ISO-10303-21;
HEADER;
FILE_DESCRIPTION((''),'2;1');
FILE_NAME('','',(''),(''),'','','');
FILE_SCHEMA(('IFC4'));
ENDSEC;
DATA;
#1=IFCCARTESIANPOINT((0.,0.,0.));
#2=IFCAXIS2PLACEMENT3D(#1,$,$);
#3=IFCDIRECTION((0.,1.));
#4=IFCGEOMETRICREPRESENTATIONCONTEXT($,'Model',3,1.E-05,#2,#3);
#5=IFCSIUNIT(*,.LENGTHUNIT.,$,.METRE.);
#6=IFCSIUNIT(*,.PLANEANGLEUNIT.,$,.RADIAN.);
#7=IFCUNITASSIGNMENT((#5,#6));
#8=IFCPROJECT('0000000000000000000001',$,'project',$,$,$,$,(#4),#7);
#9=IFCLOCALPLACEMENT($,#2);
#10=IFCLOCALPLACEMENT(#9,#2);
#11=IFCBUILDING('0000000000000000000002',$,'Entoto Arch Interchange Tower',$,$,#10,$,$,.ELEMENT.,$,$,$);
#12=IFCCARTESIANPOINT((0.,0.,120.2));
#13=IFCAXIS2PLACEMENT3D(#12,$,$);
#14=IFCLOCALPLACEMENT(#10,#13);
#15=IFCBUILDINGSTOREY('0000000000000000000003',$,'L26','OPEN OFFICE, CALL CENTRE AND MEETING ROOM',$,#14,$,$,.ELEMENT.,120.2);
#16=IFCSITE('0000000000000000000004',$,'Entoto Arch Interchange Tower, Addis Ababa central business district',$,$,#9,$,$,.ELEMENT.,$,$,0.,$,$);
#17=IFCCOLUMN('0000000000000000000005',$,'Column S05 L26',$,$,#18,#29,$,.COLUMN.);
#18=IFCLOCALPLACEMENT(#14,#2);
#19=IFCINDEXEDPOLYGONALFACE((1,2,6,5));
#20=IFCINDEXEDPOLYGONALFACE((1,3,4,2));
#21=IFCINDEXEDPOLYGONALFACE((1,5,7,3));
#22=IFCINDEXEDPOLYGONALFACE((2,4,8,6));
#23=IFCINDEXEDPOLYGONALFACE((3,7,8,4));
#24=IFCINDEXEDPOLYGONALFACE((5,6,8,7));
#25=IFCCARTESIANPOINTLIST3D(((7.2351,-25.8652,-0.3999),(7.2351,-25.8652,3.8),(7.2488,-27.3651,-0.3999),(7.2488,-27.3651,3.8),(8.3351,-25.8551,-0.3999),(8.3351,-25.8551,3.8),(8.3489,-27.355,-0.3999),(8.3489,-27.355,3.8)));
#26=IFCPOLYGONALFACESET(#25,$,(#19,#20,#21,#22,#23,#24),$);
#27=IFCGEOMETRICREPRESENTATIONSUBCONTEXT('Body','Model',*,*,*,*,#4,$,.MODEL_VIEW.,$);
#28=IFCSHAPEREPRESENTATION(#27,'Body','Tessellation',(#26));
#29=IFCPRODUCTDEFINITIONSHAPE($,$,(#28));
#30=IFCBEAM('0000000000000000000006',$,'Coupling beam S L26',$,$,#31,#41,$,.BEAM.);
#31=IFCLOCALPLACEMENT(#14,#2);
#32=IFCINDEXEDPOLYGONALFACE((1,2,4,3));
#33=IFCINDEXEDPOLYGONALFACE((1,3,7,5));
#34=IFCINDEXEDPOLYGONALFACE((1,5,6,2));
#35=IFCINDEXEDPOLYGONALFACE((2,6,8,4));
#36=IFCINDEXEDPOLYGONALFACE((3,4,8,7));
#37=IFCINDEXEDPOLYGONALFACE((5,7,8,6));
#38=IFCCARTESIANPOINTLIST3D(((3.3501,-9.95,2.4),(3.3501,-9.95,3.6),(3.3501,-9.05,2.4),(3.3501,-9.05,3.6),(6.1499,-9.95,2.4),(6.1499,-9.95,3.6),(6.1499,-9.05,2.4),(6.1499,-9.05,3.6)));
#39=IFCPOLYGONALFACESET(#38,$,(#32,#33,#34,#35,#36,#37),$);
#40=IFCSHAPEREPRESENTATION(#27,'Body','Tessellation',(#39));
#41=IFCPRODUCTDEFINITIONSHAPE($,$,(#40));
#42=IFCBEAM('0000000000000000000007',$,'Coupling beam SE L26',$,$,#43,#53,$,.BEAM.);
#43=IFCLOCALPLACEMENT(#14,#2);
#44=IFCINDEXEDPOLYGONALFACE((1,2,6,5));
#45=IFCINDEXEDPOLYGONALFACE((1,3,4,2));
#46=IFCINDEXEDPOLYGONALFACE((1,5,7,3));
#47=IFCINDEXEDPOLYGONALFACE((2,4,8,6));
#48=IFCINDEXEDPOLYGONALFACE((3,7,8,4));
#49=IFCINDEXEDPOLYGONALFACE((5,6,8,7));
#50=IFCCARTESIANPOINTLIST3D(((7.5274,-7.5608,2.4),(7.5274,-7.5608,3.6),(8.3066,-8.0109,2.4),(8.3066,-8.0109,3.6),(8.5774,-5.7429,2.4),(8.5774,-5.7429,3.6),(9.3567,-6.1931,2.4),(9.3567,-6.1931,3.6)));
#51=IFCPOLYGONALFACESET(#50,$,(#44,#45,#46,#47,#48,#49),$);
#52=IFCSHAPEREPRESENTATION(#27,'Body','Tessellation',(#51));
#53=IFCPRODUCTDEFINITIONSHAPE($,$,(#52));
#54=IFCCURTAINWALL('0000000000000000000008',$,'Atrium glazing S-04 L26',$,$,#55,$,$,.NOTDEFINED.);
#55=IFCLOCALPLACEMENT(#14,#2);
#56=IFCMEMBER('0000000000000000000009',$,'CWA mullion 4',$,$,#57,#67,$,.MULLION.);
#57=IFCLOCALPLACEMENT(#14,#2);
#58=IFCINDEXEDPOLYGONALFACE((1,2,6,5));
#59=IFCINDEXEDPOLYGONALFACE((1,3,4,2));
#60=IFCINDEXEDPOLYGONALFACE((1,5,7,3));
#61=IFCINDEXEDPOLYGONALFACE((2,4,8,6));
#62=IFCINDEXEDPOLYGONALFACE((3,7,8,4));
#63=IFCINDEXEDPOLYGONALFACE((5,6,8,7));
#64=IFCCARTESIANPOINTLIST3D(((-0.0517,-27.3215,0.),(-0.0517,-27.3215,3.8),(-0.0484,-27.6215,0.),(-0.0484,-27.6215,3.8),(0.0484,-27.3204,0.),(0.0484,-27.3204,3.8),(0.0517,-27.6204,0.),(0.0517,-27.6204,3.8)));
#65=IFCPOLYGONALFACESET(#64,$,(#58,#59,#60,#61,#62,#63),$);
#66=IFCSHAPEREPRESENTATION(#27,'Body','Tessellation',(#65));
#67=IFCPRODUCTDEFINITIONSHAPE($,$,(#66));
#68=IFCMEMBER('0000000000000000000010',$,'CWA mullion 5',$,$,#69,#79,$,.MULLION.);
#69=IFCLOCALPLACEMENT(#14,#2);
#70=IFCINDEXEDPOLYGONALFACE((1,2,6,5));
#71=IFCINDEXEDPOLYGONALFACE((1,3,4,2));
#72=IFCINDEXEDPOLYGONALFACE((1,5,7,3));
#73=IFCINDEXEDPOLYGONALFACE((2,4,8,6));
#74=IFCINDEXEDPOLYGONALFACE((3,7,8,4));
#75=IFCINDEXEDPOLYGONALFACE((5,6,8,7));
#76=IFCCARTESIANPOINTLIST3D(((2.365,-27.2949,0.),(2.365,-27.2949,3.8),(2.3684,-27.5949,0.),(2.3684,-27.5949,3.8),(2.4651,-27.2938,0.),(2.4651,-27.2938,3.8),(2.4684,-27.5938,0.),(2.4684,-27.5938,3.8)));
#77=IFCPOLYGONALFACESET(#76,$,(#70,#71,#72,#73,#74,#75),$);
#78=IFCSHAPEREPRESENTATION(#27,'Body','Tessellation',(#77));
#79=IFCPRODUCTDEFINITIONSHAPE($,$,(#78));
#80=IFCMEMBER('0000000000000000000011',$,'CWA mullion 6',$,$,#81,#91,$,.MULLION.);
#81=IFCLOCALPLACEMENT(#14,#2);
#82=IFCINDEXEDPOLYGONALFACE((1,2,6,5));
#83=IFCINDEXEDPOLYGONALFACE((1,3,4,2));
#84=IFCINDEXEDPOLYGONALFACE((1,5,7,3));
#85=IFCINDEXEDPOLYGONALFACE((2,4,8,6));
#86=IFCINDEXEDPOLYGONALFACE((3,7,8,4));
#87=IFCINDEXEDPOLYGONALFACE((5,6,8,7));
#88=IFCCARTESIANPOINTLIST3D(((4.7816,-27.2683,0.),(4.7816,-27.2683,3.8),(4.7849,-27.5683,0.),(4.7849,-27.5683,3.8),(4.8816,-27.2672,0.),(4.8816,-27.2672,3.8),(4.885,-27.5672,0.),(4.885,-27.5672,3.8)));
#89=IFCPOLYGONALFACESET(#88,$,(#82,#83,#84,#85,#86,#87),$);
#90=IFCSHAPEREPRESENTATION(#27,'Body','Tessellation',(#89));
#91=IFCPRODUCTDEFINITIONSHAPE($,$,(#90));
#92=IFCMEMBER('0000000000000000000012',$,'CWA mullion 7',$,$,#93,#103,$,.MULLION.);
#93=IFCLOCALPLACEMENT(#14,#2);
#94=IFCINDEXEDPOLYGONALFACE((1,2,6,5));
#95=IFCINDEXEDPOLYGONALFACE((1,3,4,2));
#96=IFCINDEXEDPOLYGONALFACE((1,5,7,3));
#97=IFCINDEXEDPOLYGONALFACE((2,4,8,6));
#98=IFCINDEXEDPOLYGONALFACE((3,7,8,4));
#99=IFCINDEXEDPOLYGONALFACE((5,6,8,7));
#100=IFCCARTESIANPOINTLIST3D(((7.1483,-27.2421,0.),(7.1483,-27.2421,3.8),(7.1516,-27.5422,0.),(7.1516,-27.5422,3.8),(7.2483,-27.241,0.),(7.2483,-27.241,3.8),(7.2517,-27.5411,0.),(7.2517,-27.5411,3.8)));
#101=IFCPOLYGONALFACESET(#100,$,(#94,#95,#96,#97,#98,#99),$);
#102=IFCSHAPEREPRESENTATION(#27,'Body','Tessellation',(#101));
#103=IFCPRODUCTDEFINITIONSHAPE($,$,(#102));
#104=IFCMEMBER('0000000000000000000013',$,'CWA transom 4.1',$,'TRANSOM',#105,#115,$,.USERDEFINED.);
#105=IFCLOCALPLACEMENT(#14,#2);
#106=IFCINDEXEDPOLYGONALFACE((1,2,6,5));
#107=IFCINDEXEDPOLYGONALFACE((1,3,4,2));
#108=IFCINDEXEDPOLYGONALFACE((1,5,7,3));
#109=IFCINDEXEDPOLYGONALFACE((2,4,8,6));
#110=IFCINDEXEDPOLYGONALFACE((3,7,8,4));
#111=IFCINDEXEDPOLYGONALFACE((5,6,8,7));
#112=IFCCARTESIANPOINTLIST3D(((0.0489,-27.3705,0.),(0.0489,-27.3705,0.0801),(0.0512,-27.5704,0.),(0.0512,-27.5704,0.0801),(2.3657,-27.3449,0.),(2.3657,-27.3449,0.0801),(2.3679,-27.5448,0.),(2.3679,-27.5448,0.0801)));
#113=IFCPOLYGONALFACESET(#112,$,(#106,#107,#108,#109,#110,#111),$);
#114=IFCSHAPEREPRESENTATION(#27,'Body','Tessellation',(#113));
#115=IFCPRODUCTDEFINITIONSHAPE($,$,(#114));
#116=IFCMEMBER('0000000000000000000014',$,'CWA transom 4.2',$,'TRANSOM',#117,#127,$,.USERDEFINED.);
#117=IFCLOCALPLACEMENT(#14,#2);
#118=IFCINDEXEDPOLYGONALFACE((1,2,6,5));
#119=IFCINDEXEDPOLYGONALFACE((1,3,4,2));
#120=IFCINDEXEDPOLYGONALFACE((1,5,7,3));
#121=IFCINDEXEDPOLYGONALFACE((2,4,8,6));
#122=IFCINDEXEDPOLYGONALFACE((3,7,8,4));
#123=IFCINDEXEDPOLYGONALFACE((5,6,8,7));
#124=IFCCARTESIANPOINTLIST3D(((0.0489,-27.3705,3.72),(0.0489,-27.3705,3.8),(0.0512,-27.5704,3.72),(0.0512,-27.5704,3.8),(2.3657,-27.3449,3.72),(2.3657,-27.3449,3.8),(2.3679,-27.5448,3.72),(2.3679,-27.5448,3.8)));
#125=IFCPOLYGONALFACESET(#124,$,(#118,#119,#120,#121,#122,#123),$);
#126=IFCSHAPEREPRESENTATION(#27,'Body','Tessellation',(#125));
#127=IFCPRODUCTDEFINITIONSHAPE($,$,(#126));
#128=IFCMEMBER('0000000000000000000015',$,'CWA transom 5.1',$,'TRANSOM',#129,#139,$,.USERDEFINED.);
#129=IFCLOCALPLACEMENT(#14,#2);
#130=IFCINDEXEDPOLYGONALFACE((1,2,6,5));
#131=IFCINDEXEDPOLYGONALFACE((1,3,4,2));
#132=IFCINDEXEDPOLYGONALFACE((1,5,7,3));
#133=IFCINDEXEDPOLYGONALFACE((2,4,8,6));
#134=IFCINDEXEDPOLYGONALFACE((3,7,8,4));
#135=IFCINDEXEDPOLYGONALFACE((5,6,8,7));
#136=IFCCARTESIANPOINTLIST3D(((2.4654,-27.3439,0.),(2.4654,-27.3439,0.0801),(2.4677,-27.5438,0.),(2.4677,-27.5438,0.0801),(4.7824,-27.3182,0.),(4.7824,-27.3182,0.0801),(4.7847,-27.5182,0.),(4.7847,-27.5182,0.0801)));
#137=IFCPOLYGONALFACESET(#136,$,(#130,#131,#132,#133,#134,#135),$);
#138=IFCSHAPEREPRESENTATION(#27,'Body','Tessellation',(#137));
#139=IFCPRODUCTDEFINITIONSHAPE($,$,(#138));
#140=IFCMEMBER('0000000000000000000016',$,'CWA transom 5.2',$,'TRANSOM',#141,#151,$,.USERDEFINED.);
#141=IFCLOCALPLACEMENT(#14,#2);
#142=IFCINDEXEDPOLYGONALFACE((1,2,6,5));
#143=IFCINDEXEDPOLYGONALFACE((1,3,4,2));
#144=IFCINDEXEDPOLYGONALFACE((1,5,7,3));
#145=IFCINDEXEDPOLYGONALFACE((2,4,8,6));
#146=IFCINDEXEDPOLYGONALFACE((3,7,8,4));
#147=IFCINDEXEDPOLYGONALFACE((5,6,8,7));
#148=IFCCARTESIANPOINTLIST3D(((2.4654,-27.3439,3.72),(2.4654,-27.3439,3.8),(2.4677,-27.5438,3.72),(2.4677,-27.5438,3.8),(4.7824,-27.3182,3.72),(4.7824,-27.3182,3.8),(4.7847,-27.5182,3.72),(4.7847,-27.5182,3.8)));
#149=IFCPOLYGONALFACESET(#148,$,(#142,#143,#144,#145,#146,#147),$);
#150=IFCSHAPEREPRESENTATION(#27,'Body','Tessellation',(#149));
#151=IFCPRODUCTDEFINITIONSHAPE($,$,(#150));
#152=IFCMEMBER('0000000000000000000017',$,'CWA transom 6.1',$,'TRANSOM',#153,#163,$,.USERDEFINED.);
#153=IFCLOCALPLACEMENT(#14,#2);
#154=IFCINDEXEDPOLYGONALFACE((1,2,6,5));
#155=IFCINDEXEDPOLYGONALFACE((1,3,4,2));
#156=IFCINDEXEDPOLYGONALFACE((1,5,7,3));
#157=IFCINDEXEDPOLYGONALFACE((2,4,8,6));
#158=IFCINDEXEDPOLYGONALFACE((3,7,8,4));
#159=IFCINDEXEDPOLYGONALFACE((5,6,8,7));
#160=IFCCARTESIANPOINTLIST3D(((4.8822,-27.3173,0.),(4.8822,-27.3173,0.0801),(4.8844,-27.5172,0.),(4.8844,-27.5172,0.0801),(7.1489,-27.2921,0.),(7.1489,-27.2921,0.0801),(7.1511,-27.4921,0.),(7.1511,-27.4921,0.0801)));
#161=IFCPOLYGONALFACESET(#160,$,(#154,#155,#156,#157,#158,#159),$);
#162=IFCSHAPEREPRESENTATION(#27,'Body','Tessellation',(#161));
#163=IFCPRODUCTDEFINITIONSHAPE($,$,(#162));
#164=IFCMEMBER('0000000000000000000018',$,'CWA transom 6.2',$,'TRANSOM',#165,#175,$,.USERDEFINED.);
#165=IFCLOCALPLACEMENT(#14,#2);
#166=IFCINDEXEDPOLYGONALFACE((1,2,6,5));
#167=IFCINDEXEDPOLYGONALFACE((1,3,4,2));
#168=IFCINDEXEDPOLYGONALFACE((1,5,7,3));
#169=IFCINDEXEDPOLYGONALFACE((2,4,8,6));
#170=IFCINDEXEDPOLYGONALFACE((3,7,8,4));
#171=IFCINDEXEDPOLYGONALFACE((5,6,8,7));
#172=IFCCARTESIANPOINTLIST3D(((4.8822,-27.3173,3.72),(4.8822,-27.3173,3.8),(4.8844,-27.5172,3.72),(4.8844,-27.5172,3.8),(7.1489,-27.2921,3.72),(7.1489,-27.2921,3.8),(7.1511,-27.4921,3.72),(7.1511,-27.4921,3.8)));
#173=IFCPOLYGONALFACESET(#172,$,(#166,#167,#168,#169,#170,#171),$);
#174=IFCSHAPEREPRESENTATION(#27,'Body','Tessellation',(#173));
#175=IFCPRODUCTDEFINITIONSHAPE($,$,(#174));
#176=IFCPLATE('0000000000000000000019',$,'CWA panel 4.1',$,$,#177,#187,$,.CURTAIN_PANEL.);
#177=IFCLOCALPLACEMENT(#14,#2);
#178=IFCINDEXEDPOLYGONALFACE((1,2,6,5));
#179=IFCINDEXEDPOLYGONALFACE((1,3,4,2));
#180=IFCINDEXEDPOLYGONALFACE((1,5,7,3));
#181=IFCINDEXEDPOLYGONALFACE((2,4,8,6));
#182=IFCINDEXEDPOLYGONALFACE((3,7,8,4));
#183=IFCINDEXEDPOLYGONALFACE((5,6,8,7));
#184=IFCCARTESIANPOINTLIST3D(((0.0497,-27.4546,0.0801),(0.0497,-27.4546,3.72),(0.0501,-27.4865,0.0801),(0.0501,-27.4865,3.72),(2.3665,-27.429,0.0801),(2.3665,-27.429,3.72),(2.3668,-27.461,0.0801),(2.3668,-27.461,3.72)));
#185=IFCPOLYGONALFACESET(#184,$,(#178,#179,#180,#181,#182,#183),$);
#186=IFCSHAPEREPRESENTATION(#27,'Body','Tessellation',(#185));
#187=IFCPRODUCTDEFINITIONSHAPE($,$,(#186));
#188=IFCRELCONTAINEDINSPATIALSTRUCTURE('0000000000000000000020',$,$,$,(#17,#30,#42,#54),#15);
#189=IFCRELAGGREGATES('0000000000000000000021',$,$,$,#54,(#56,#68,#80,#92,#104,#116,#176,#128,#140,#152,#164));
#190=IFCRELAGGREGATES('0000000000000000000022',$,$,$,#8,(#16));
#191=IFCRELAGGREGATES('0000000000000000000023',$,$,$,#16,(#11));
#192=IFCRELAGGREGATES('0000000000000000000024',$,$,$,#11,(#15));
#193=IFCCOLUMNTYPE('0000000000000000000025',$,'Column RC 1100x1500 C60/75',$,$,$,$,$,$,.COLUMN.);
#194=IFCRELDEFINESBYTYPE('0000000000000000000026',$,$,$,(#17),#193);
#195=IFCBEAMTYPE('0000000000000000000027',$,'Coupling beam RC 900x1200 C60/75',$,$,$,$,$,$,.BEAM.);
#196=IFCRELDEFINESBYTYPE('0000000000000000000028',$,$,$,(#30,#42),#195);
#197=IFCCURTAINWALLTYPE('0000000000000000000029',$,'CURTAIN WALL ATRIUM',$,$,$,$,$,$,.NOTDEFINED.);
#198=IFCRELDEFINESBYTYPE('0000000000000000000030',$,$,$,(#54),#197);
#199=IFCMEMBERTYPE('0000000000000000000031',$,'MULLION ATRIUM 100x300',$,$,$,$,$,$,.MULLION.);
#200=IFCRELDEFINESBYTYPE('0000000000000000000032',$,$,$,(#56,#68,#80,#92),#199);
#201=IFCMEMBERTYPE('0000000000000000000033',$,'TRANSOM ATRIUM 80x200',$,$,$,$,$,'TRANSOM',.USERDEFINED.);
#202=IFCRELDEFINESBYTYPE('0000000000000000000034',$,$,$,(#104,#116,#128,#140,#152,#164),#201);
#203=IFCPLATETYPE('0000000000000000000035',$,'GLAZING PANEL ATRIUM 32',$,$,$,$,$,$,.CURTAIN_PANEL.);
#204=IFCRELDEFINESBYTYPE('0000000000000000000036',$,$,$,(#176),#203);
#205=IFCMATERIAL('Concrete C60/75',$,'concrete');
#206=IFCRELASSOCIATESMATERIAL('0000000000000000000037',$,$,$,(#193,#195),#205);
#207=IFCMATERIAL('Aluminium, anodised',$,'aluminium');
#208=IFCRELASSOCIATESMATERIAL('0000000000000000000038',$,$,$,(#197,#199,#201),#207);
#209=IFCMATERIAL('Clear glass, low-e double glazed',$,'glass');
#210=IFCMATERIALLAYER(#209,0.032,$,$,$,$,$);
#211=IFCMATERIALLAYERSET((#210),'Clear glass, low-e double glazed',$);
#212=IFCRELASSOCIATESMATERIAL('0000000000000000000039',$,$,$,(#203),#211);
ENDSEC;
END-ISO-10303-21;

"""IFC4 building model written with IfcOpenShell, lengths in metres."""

from ifc_helpers import new_model, si_unit, direction, frame, origin, origin_2d, place, context, subcontext, project, spatial, rectangle, extrude, material, layer, layer_set, material_profile, profile_set, type_object, element, aggregate, save


model = new_model("IFC4")

# Units and contexts
model_context = context("Model", 3, precision=1e-05, world=origin(), true_north=direction((0.0, 1.0)))
body_context = subcontext(model_context, "Body", "Model", "MODEL_VIEW")
ifc_project = project(units=[si_unit("LENGTHUNIT", "METRE"), si_unit("PLANEANGLEUNIT", "RADIAN")], contexts=[model_context])

# Site, building, storey
site_placement = place(None, origin())
site = spatial("IfcSite", under=ifc_project, at=site_placement, Name="Entoto Arch Interchange Tower, Addis Ababa central business district", CompositionType="ELEMENT", RefElevation=0.0)
building_placement = place(site_placement, origin())
building = spatial("IfcBuilding", under=site, at=building_placement, Name="Entoto Arch Interchange Tower", CompositionType="ELEMENT")
storey_placement = place(building_placement, frame((0.0, 0.0, 120.2)))
storey = spatial("IfcBuildingStorey", under=building, at=storey_placement, Name="L26", Description="OPEN OFFICE, CALL CENTRE AND MEETING ROOM", CompositionType="ELEMENT", Elevation=120.2)

# Column
ifc_material_1 = material(Name="Concrete C60/75", Category="concrete")
ifc_material_profile_1 = material_profile(ifc_material_1, rectangle(XDim=1.1001, YDim=1.5, at=origin_2d()))
ifc_profile_set_1 = profile_set([ifc_material_profile_1], Name="Concrete C60/75")
column_type = type_object("IfcColumnType", Name="Column RC 1100x1500 C60/75", PredefinedType="COLUMN", material=ifc_profile_set_1)
column_placement = place(storey_placement, frame((7.792, -26.6101, -0.3999), z_axis=(0.0, 0.0, 1.0), x_axis=(0.999958, 0.009163, 0.0)))
element("IfcColumn", 1, at=column_placement, inside=storey, type_object=column_type, Name="Column S05 L26", PredefinedType="COLUMN", context=body_context, shape_type="SweptSolid", body=[
    extrude(rectangle(XDim=1.1001, YDim=1.5, at=origin_2d()), origin(), (0.0, 0.0, 1.0), 4.2),
])

# Beams
ifc_material_profile_2 = material_profile(ifc_material_1, rectangle(XDim=0.8999, YDim=1.2, at=origin_2d()))
ifc_profile_set_2 = profile_set([ifc_material_profile_2], Name="Concrete C60/75")
beam_type = type_object("IfcBeamType", Name="Coupling beam RC 900x1200 C60/75", PredefinedType="BEAM", material=ifc_profile_set_2)
beam_1_placement = place(storey_placement, frame((3.3501, -9.5, 3.0), z_axis=(1.0, 0.0, 0.0), x_axis=(0.0, 1.0, 0.0)))
element("IfcBeam", 2, at=beam_1_placement, inside=storey, type_object=beam_type, Name="Coupling beam S L26", PredefinedType="BEAM", context=body_context, shape_type="SweptSolid", body=[
    extrude(rectangle(XDim=0.8999, YDim=1.2, at=origin_2d()), origin(), (0.0, 0.0, 1.0), 2.7998),
])
beam_2_placement = place(storey_placement, frame((7.917, -7.7859, 3.0), z_axis=(0.500179, 0.865922, 0.0), x_axis=(-0.865922, 0.500179, 0.0)))
element("IfcBeam", 3, at=beam_2_placement, inside=storey, type_object=beam_type, Name="Coupling beam SE L26", PredefinedType="BEAM", context=body_context, shape_type="SweptSolid", body=[
    extrude(rectangle(XDim=0.8999, YDim=1.2, at=origin_2d()), origin(), (0.0, 0.0, 1.0), 2.0994),
])

# Curtain wall, members, plate
ifc_material_2 = material(Name="Aluminium, anodised", Category="aluminium")
curtain_wall_type = type_object("IfcCurtainWallType", Name="CURTAIN WALL ATRIUM", PredefinedType="NOTDEFINED", material=ifc_material_2)
curtain_wall_placement = place(storey_placement, origin())
curtain_wall = element("IfcCurtainWall", 4, at=curtain_wall_placement, inside=storey, type_object=curtain_wall_type, Name="Atrium glazing S-04 L26", PredefinedType="NOTDEFINED")
ifc_material_profile_3 = material_profile(ifc_material_2, rectangle(XDim=0.3, YDim=0.1001, at=origin_2d()))
ifc_profile_set_3 = profile_set([ifc_material_profile_3], Name="Aluminium, anodised")
member_type_1 = type_object("IfcMemberType", Name="MULLION ATRIUM 100x300", PredefinedType="MULLION", material=ifc_profile_set_3)
member_1_placement = place(storey_placement, frame((0.0, -27.4709, 0.0), z_axis=(0.0, 0.0, 1.0), x_axis=(-0.011034, 0.999939, 0.0)))
member_1 = element("IfcMember", 5, at=member_1_placement, type_object=member_type_1, Name="CWA mullion 4", PredefinedType="MULLION", context=body_context, shape_type="SweptSolid", body=[
    extrude(rectangle(XDim=0.3, YDim=0.1001, at=origin_2d()), origin(), (0.0, 0.0, 1.0), 3.8),
])
member_2_placement = place(storey_placement, frame((2.4167, -27.4443, 0.0), z_axis=(0.0, 0.0, 1.0), x_axis=(-0.011034, 0.999939, 0.0)))
member_2 = element("IfcMember", 6, at=member_2_placement, type_object=member_type_1, Name="CWA mullion 5", PredefinedType="MULLION", context=body_context, shape_type="SweptSolid", body=[
    extrude(rectangle(XDim=0.3, YDim=0.1001, at=origin_2d()), origin(), (0.0, 0.0, 1.0), 3.8),
])
member_3_placement = place(storey_placement, frame((4.8333, -27.4177, 0.0), z_axis=(0.0, 0.0, 1.0), x_axis=(-0.011034, 0.999939, 0.0)))
member_3 = element("IfcMember", 7, at=member_3_placement, type_object=member_type_1, Name="CWA mullion 6", PredefinedType="MULLION", context=body_context, shape_type="SweptSolid", body=[
    extrude(rectangle(XDim=0.3, YDim=0.1001, at=origin_2d()), origin(), (0.0, 0.0, 1.0), 3.8),
])
member_4_placement = place(storey_placement, frame((7.2, -27.3916, 0.0), z_axis=(0.0, 0.0, 1.0), x_axis=(-0.011034, 0.999939, 0.0)))
member_4 = element("IfcMember", 8, at=member_4_placement, type_object=member_type_1, Name="CWA mullion 7", PredefinedType="MULLION", context=body_context, shape_type="SweptSolid", body=[
    extrude(rectangle(XDim=0.3, YDim=0.1001, at=origin_2d()), origin(), (0.0, 0.0, 1.0), 3.8),
])
ifc_material_profile_4 = material_profile(ifc_material_2, rectangle(XDim=0.2, YDim=0.0801, at=origin_2d()))
ifc_profile_set_4 = profile_set([ifc_material_profile_4], Name="Aluminium, anodised")
member_type_2 = type_object("IfcMemberType", Name="TRANSOM ATRIUM 80x200", ElementType="TRANSOM", PredefinedType="USERDEFINED", material=ifc_profile_set_4)
member_5_placement = place(storey_placement, frame((0.05, -27.4705, 0.04), z_axis=(0.999939, 0.011065, 0.0), x_axis=(-0.011065, 0.999939, 0.0)))
member_5 = element("IfcMember", 9, at=member_5_placement, type_object=member_type_2, Name="CWA transom 4.1", ObjectType="TRANSOM", PredefinedType="USERDEFINED", context=body_context, shape_type="SweptSolid", body=[
    extrude(rectangle(XDim=0.2, YDim=0.0801, at=origin_2d()), origin(), (0.0, 0.0, 1.0), 2.3169),
])
member_6_placement = place(storey_placement, frame((0.05, -27.4705, 3.76), z_axis=(0.999939, 0.011065, 0.0), x_axis=(-0.011065, 0.999939, 0.0)))
member_6 = element("IfcMember", 10, at=member_6_placement, type_object=member_type_2, Name="CWA transom 4.2", ObjectType="TRANSOM", PredefinedType="USERDEFINED", context=body_context, shape_type="SweptSolid", body=[
    extrude(rectangle(XDim=0.2, YDim=0.0801, at=origin_2d()), origin(), (0.0, 0.0, 1.0), 2.3169),
])
member_7_placement = place(storey_placement, frame((2.4666, -27.4438, 0.04), z_axis=(0.999939, 0.011064, 0.0), x_axis=(-0.011064, 0.999939, 0.0)))
member_7 = element("IfcMember", 11, at=member_7_placement, type_object=member_type_2, Name="CWA transom 5.1", ObjectType="TRANSOM", PredefinedType="USERDEFINED", context=body_context, shape_type="SweptSolid", body=[
    extrude(rectangle(XDim=0.2, YDim=0.0801, at=origin_2d()), origin(), (0.0, 0.0, 1.0), 2.3171),
])
member_8_placement = place(storey_placement, frame((2.4666, -27.4438, 3.76), z_axis=(0.999939, 0.011064, 0.0), x_axis=(-0.011064, 0.999939, 0.0)))
member_8 = element("IfcMember", 12, at=member_8_placement, type_object=member_type_2, Name="CWA transom 5.2", ObjectType="TRANSOM", PredefinedType="USERDEFINED", context=body_context, shape_type="SweptSolid", body=[
    extrude(rectangle(XDim=0.2, YDim=0.0801, at=origin_2d()), origin(), (0.0, 0.0, 1.0), 2.3171),
])
member_9_placement = place(storey_placement, frame((4.8833, -27.4172, 0.04), z_axis=(0.999938, 0.011094, 0.0), x_axis=(-0.011094, 0.999938, 0.0)))
member_9 = element("IfcMember", 13, at=member_9_placement, type_object=member_type_2, Name="CWA transom 6.1", ObjectType="TRANSOM", PredefinedType="USERDEFINED", context=body_context, shape_type="SweptSolid", body=[
    extrude(rectangle(XDim=0.2, YDim=0.0801, at=origin_2d()), origin(), (0.0, 0.0, 1.0), 2.2668),
])
member_10_placement = place(storey_placement, frame((4.8833, -27.4172, 3.76), z_axis=(0.999938, 0.011094, 0.0), x_axis=(-0.011094, 0.999938, 0.0)))
member_10 = element("IfcMember", 14, at=member_10_placement, type_object=member_type_2, Name="CWA transom 6.2", ObjectType="TRANSOM", PredefinedType="USERDEFINED", context=body_context, shape_type="SweptSolid", body=[
    extrude(rectangle(XDim=0.2, YDim=0.0801, at=origin_2d()), origin(), (0.0, 0.0, 1.0), 2.2668),
])
ifc_material_3 = material(Name="Clear glass, low-e double glazed", Category="glass")
ifc_layer_1 = layer(ifc_material_3, 0.032)
ifc_layer_set_1 = layer_set([ifc_layer_1], Name="Clear glass, low-e double glazed")
plate_type = type_object("IfcPlateType", Name="GLAZING PANEL ATRIUM 32", PredefinedType="CURTAIN_PANEL", material=ifc_layer_set_1)
plate_1_placement = place(storey_placement, frame((1.2083, -27.4578, 0.0801), z_axis=(0.0, 0.0, 1.0), x_axis=(0.999939, 0.011034, 0.0)))
plate_1 = element("IfcPlate", 15, at=plate_1_placement, type_object=plate_type, Name="CWA panel 4.1", PredefinedType="CURTAIN_PANEL", context=body_context, shape_type="SweptSolid", body=[
    extrude(rectangle(XDim=2.3169, YDim=0.032, at=origin_2d()), origin(), (0.0, 0.0, 1.0), 3.6399),
])
aggregate(curtain_wall, [member_1, member_2, member_3, member_4, member_5, member_6, plate_1, member_7, member_8, member_9, member_10])

save(model, "model.ifc")
